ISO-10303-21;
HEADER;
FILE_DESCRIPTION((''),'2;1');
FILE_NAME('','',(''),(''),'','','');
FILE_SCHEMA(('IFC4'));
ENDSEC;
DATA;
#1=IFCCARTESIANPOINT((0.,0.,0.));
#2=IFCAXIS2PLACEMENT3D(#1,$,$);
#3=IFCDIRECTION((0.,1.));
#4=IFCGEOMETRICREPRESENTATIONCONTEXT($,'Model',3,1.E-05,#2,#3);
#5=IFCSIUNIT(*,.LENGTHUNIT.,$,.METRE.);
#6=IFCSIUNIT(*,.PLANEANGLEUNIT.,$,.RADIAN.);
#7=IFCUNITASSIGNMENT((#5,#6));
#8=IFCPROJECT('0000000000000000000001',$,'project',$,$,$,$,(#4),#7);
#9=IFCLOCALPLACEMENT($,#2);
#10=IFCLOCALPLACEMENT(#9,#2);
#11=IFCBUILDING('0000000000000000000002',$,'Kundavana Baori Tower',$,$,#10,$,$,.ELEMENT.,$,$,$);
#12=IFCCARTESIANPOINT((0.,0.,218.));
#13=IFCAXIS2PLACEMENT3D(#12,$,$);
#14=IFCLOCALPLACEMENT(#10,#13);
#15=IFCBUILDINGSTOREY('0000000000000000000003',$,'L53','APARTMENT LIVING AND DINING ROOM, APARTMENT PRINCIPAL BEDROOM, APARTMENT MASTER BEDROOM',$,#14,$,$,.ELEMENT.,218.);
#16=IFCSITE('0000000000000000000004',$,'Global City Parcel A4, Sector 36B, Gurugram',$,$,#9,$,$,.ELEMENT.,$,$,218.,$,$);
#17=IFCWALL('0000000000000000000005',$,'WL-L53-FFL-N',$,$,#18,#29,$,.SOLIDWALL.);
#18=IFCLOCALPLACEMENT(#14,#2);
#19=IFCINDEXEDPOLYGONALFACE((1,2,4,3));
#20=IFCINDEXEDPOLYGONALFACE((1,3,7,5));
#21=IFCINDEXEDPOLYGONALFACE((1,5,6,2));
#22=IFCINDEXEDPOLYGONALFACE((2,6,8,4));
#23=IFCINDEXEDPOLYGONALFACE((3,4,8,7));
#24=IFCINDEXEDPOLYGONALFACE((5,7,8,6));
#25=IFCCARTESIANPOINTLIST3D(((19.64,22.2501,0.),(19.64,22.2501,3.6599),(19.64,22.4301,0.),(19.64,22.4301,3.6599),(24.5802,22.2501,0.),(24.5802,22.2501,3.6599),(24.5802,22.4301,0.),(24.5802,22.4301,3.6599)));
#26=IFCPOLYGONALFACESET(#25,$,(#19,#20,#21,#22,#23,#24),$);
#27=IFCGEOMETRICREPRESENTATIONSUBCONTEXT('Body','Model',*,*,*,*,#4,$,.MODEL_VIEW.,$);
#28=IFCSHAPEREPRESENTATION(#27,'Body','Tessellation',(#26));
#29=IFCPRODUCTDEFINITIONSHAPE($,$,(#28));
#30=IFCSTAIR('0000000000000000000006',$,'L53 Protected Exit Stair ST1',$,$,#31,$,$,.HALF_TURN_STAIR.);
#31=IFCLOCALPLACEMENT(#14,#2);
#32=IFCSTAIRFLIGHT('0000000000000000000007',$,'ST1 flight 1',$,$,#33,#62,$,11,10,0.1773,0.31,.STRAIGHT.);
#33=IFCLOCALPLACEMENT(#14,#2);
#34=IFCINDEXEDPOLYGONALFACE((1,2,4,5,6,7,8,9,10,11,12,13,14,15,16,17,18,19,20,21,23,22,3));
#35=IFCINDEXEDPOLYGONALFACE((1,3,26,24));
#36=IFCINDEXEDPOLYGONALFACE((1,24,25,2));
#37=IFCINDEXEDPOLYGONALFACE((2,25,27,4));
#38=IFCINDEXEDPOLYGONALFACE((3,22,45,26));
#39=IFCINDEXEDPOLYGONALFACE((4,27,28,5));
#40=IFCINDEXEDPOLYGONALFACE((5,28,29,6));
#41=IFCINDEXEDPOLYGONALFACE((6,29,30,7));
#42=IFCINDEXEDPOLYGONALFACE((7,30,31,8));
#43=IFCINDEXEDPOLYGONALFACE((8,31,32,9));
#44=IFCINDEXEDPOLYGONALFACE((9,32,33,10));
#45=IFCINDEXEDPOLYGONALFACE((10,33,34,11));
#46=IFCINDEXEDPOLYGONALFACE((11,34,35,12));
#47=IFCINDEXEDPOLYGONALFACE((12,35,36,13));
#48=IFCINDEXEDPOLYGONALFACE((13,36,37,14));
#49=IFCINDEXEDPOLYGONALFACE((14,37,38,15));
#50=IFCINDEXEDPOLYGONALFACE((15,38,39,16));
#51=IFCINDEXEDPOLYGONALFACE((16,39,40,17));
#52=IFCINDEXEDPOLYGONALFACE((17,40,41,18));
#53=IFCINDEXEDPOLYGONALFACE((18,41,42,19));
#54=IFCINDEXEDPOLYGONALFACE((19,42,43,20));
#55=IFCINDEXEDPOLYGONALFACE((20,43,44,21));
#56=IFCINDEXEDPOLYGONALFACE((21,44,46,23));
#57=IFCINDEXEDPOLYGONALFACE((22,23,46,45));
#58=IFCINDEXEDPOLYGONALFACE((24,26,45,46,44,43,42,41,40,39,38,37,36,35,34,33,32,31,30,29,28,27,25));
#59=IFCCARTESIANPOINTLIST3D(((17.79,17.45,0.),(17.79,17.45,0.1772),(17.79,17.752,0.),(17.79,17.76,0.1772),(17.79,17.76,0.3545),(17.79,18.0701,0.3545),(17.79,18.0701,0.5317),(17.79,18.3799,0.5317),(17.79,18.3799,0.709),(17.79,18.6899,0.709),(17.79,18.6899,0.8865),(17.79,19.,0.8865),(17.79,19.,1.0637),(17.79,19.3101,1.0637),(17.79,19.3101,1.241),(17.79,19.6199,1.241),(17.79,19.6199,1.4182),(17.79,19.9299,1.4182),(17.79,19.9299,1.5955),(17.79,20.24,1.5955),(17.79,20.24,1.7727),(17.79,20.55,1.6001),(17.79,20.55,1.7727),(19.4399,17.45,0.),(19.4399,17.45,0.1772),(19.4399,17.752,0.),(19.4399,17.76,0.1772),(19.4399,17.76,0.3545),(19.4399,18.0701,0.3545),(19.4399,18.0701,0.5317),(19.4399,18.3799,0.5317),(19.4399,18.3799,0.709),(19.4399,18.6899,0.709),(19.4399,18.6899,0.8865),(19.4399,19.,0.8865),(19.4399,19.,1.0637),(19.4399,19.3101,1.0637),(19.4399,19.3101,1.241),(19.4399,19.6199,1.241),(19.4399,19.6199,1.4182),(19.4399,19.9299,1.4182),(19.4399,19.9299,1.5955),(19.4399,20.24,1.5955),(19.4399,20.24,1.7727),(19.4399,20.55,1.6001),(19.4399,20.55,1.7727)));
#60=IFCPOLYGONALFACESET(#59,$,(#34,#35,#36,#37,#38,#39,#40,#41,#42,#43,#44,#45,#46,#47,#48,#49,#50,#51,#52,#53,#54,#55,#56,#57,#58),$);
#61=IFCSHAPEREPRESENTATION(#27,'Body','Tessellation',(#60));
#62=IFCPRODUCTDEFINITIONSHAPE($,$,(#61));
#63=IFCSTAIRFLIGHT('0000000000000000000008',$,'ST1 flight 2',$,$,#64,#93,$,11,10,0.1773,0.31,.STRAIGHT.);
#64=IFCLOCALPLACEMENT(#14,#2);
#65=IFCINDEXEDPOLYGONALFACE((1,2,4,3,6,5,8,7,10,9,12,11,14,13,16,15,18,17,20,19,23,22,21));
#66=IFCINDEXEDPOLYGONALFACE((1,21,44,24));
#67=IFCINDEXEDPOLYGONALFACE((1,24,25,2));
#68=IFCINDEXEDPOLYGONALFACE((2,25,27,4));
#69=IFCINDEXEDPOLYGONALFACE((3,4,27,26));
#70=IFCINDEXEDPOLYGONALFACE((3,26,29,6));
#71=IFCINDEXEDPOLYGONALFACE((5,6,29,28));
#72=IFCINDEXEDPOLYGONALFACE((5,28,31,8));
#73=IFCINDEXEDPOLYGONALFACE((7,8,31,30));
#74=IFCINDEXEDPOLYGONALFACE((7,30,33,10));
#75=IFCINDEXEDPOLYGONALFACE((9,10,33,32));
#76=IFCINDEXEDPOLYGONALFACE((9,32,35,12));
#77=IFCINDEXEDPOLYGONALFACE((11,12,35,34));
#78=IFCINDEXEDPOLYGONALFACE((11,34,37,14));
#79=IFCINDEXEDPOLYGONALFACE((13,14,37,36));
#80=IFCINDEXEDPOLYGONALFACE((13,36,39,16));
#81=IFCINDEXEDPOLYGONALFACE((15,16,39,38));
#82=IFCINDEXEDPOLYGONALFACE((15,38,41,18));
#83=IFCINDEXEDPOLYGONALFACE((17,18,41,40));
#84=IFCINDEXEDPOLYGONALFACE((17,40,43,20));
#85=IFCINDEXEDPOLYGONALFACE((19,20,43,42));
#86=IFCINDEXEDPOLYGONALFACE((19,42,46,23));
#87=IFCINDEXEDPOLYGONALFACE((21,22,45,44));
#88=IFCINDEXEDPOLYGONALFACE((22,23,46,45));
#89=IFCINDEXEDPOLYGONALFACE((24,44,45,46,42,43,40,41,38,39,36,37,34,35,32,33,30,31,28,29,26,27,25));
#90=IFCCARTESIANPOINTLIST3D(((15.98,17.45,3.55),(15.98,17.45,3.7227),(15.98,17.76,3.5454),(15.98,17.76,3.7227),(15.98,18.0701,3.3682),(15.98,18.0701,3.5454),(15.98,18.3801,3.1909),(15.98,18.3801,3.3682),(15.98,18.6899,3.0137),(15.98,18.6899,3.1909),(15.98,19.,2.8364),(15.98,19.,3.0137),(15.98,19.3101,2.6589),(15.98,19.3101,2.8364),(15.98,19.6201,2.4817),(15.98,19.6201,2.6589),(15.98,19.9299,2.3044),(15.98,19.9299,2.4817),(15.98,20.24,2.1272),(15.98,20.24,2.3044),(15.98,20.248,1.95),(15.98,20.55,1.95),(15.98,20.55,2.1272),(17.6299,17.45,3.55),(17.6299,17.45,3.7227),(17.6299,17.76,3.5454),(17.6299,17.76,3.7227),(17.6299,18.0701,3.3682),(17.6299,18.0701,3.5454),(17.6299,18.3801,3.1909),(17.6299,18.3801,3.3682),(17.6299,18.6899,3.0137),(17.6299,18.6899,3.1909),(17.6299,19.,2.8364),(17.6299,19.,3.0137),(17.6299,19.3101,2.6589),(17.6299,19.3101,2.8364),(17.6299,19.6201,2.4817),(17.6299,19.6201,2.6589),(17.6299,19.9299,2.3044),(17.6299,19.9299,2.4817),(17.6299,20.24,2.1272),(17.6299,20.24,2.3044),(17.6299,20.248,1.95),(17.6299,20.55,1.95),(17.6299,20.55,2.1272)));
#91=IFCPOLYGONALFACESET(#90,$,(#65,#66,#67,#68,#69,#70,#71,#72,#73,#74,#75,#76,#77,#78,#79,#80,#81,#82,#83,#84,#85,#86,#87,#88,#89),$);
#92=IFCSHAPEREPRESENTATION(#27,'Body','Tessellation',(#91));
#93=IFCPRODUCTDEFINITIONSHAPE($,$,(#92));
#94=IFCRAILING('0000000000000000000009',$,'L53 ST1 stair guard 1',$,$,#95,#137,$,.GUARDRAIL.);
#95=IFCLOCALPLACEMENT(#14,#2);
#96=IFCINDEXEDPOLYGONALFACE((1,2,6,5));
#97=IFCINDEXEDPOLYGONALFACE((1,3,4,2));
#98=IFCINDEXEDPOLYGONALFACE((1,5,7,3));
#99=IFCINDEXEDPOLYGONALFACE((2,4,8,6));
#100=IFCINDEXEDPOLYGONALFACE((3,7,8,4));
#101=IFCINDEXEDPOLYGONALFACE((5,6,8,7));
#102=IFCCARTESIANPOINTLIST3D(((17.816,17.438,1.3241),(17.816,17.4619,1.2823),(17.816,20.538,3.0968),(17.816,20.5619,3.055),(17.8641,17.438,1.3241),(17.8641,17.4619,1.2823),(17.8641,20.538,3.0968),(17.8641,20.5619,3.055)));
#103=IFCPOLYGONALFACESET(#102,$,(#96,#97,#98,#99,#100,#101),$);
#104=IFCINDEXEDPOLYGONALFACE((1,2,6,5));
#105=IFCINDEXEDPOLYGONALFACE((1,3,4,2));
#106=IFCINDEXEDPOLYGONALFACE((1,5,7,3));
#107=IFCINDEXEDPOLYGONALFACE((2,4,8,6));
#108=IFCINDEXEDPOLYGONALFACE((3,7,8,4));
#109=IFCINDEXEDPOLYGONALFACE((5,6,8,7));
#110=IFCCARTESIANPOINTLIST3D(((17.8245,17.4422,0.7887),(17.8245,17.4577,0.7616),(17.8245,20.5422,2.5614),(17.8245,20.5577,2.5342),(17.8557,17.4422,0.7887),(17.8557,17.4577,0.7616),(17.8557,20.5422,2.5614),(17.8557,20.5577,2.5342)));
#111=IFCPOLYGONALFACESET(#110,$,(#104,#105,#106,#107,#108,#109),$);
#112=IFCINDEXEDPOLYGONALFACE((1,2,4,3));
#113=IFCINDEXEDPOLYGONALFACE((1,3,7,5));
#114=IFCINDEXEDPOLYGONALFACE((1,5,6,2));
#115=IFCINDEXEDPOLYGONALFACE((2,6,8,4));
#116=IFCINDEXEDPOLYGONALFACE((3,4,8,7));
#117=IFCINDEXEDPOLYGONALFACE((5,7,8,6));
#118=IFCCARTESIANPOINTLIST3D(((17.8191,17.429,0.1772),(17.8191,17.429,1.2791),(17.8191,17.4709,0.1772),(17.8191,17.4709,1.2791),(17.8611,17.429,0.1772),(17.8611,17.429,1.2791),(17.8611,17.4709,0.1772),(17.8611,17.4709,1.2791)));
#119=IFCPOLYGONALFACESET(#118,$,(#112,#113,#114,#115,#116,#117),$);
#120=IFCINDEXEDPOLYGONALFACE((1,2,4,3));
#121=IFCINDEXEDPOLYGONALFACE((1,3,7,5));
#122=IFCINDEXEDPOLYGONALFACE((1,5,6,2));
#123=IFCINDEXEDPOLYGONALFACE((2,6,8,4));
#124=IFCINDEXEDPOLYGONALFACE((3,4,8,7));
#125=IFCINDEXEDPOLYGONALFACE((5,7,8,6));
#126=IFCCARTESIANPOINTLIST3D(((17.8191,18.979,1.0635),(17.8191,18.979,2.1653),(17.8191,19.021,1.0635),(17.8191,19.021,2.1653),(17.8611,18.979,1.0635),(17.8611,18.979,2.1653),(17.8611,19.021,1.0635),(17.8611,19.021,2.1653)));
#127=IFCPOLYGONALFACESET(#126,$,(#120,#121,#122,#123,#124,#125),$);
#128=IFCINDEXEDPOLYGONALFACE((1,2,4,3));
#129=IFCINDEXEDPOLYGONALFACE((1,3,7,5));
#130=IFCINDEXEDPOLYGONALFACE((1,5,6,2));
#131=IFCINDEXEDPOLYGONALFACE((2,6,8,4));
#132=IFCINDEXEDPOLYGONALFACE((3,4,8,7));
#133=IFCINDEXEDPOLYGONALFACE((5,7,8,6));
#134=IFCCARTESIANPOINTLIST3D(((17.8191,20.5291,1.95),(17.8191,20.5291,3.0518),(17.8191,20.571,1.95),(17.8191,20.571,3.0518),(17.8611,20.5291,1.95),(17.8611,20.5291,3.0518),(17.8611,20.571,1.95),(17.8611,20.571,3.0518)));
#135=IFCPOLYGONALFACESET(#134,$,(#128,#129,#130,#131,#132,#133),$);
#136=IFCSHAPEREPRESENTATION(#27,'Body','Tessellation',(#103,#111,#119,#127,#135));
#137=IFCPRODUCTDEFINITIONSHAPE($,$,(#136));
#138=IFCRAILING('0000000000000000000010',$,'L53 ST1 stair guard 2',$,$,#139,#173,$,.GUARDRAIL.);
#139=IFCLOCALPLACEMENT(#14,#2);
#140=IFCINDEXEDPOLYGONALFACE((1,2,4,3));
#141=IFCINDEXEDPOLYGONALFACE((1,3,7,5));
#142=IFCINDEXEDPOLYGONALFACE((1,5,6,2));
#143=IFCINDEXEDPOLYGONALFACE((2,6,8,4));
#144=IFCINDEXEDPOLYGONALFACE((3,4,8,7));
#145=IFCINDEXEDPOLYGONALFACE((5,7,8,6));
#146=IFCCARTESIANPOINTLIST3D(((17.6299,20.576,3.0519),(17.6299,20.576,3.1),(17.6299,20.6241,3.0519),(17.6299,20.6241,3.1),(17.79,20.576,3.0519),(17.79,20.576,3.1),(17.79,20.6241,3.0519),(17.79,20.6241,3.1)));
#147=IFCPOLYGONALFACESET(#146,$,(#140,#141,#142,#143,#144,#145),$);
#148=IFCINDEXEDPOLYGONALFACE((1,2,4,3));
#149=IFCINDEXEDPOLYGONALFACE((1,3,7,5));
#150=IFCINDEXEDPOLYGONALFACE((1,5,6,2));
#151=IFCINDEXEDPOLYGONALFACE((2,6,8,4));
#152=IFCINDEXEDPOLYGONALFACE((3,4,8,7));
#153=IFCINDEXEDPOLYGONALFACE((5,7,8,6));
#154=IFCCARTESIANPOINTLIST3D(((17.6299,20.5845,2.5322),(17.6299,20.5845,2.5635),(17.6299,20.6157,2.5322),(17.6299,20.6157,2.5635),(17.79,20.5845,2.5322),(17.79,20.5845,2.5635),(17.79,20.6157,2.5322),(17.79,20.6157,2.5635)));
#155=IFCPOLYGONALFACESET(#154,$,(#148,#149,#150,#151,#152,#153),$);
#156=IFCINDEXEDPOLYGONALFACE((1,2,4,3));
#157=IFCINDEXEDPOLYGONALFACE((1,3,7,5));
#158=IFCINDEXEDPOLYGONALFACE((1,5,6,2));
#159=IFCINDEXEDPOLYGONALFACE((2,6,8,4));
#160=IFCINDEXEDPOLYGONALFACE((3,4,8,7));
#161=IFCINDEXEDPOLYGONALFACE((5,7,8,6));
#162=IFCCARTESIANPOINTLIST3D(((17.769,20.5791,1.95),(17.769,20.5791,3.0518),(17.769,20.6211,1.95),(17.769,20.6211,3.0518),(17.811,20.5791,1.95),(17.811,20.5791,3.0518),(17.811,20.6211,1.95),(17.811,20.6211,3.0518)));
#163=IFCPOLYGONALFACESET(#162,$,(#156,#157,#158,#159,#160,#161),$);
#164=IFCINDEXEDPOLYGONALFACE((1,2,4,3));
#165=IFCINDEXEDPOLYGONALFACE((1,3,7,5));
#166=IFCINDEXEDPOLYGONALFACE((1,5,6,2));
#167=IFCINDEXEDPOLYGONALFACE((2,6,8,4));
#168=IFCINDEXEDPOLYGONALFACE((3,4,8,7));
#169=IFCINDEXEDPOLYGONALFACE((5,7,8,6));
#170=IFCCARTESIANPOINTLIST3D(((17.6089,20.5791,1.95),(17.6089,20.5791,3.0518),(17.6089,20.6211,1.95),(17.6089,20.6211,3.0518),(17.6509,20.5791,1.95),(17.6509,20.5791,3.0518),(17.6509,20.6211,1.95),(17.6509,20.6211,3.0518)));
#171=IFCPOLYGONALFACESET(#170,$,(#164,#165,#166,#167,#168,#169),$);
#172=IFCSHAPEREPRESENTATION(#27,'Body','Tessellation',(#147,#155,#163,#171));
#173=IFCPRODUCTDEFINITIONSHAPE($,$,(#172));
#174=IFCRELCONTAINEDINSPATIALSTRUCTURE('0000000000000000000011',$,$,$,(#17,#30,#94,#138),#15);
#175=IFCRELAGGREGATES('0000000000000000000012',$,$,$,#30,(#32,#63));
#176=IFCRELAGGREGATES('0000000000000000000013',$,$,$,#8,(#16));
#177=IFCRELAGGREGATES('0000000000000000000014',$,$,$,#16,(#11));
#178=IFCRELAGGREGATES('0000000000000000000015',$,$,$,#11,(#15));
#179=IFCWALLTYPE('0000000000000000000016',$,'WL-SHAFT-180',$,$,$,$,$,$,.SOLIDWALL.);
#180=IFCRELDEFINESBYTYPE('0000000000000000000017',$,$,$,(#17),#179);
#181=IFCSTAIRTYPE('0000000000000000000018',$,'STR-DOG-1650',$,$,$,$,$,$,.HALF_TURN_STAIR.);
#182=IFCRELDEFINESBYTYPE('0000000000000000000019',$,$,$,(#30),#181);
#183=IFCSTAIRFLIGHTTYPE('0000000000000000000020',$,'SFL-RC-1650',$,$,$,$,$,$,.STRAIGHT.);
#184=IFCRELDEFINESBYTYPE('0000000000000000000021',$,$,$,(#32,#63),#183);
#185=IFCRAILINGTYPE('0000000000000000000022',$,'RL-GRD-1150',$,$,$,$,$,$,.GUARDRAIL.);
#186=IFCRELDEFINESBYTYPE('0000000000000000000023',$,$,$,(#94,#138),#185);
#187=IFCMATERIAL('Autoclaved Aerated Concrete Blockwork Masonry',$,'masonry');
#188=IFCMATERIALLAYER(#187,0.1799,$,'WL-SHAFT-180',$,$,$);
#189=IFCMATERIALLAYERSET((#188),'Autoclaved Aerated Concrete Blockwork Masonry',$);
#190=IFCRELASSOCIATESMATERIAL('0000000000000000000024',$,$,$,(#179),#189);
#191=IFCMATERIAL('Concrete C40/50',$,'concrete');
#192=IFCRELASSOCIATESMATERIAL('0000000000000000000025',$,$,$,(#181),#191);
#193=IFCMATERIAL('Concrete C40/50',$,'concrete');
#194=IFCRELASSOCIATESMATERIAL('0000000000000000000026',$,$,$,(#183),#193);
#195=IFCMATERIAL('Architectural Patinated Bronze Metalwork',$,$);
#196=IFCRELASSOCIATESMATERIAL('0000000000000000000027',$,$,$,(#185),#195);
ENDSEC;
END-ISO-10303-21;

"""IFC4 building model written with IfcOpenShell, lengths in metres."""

from ifc_helpers import new_model, si_unit, direction, frame, frame_2d, origin, origin_2d, place, context, subcontext, project, spatial, polyline, rectangle, outline, extrude, material, layer, layer_set, type_object, element, aggregate, save


model = new_model("IFC4")

# Units and contexts
model_context = context("Model", 3, precision=1e-05, world=origin(), true_north=direction((0.0, 1.0)))
body_context = subcontext(model_context, "Body", "Model", "MODEL_VIEW")
ifc_project = project(units=[si_unit("LENGTHUNIT", "METRE"), si_unit("PLANEANGLEUNIT", "RADIAN")], contexts=[model_context])

# Site, building, storey
site_placement = place(None, origin())
site = spatial("IfcSite", under=ifc_project, at=site_placement, Name="Global City Parcel A4, Sector 36B, Gurugram", CompositionType="ELEMENT", RefElevation=218.0)
building_placement = place(site_placement, origin())
building = spatial("IfcBuilding", under=site, at=building_placement, Name="Kundavana Baori Tower", CompositionType="ELEMENT")
storey_placement = place(building_placement, frame((0.0, 0.0, 218.0)))
storey = spatial("IfcBuildingStorey", under=building, at=storey_placement, Name="L53", Description="APARTMENT LIVING AND DINING ROOM, APARTMENT PRINCIPAL BEDROOM, APARTMENT MASTER BEDROOM", CompositionType="ELEMENT", Elevation=218.0)

# Shared definitions
ifc_material_1 = material(Name="Autoclaved Aerated Concrete Blockwork Masonry", Category="masonry")
ifc_layer_1 = layer(ifc_material_1, 0.1799, Name="WL-SHAFT-180")
ifc_layer_set_1 = layer_set([ifc_layer_1], Name="Autoclaved Aerated Concrete Blockwork Masonry")
wall_type_1 = type_object("IfcWallType", Name="WL-SHAFT-180", PredefinedType="SOLIDWALL", material=ifc_layer_set_1)

# Wall
wall_1_placement = place(storey_placement, frame((19.6399, 22.3401, 0.0), z_axis=(0.0, 0.0, 1.0), x_axis=(1.0, 0.0, 0.0)))
element("IfcWall", 1, at=wall_1_placement, inside=storey, type_object=wall_type_1, Name="WL-L53-FFL-N", PredefinedType="SOLIDWALL", context=body_context, shape_type="SweptSolid", body=[
    extrude(rectangle(XDim=4.9402, YDim=0.1799, at=frame_2d((2.4702, 0.0))), origin(), (0.0, 0.0, 1.0), 3.6599),
])

# Stair, stair flights
ifc_material_2 = material(Name="Concrete C40/50", Category="concrete")
stair_type = type_object("IfcStairType", Name="STR-DOG-1650", PredefinedType="HALF_TURN_STAIR", material=ifc_material_2)
stair_placement = place(storey_placement, origin())
stair = element("IfcStair", 2, at=stair_placement, inside=storey, type_object=stair_type, Name="L53 Protected Exit Stair ST1", PredefinedType="HALF_TURN_STAIR")
ifc_material_3 = material(Name="Concrete C40/50", Category="concrete")
stair_flight_type = type_object("IfcStairFlightType", Name="SFL-RC-1650", PredefinedType="STRAIGHT", material=ifc_material_3)
stair_flight_1_placement = place(storey_placement, frame((18.615, 17.45, 0.0), z_axis=(0.0, 0.0, 1.0), x_axis=(0.0, 1.0, 0.0)))
stair_flight_1 = element("IfcStairFlight", 3, at=stair_flight_1_placement, type_object=stair_flight_type, Name="ST1 flight 1", NumberOfRisers=11, NumberOfTreads=10, PredefinedType="STRAIGHT", RiserHeight=0.1773, TreadLength=0.31, context=body_context, shape_type="SweptSolid", body=[
    extrude(outline(polyline([(0.0, 0.0), (0.0, 0.1772), (0.3101, 0.1772), (0.3101, 0.3545), (0.6201, 0.3545), (0.6201, 0.5317), (0.9299, 0.5317), (0.9299, 0.709), (1.24, 0.709), (1.24, 0.8865), (1.55, 0.8865), (1.55, 1.0637), (1.8601, 1.0637), (1.8601, 1.241), (2.1699, 1.241), (2.1699, 1.4182), (2.48, 1.4182), (2.48, 1.5955), (2.79, 1.5955), (2.79, 1.7727), (3.1001, 1.7727), (3.1001, 1.95), (3.1001, 1.6001), (0.302, 0.0), (0.0, 0.0)])), frame((0.0, 0.825, 0.0), z_axis=(0.0, -1.0, 0.0), x_axis=(1.0, 0.0, 0.0)), (0.0, 0.0, 1.0), 1.6499),
])
stair_flight_2_placement = place(storey_placement, frame((16.8049, 20.55, 1.95), z_axis=(0.0, 0.0, 1.0), x_axis=(0.0, -1.0, 0.0)))
stair_flight_2 = element("IfcStairFlight", 4, at=stair_flight_2_placement, type_object=stair_flight_type, Name="ST1 flight 2", NumberOfRisers=11, NumberOfTreads=10, PredefinedType="STRAIGHT", RiserHeight=0.1773, TreadLength=0.31, context=body_context, shape_type="SweptSolid", body=[
    extrude(outline(polyline([(0.0, 0.0), (0.0, 0.1772), (0.3101, 0.1772), (0.3101, 0.3545), (0.6201, 0.3545), (0.6201, 0.5317), (0.9299, 0.5317), (0.9299, 0.709), (1.24, 0.709), (1.24, 0.8865), (1.55, 0.8865), (1.55, 1.0637), (1.8601, 1.0637), (1.8601, 1.241), (2.1699, 1.241), (2.1699, 1.4182), (2.48, 1.4182), (2.48, 1.5955), (2.79, 1.5955), (2.79, 1.7727), (3.1001, 1.7727), (3.1001, 1.95), (3.1001, 1.6001), (0.302, 0.0), (0.0, 0.0)])), frame((0.0, 0.825, 0.0), z_axis=(0.0, -1.0, 0.0), x_axis=(1.0, 0.0, 0.0)), (0.0, 0.0, 1.0), 1.6499),
])
aggregate(stair, [stair_flight_1, stair_flight_2])

# Railings
ifc_material_4 = material(Name="Architectural Patinated Bronze Metalwork")
railing_type_1 = type_object("IfcRailingType", Name="RL-GRD-1150", PredefinedType="GUARDRAIL", material=ifc_material_4)
railing_1_placement = place(storey_placement, frame((17.8401, 17.45, 0.1772)))
element("IfcRailing", 5, at=railing_1_placement, inside=storey, type_object=railing_type_1, Name="L53 ST1 stair guard 1", PredefinedType="GUARDRAIL", context=body_context, shape_type="SweptSolid", body=[
    extrude(rectangle(XDim=0.0481, YDim=0.0481, at=origin_2d()), frame((0.0, 0.0, 1.126), z_axis=(0.0, 0.868096, 0.496397), x_axis=(-1.0, 0.0, 0.0)), (0.0, 0.0, 1.0), 3.571),
    extrude(rectangle(XDim=0.0312, YDim=0.0312, at=origin_2d()), frame((0.0, 0.0, 0.5979), z_axis=(0.0, 0.868096, 0.496397), x_axis=(-1.0, 0.0, 0.0)), (0.0, 0.0, 1.0), 3.571),
    extrude(rectangle(XDim=0.042, YDim=0.042, at=origin_2d()), origin(), (0.0, 0.0, 1.0), 1.1018),
    extrude(rectangle(XDim=0.042, YDim=0.042, at=origin_2d()), frame((0.0, 1.55, 0.8862)), (0.0, 0.0, 1.0), 1.1018),
    extrude(rectangle(XDim=0.042, YDim=0.042, at=origin_2d()), frame((0.0, 3.1001, 1.7727)), (0.0, 0.0, 1.0), 1.1018),
])
railing_2_placement = place(storey_placement, frame((17.79, 20.6001, 1.95)))
element("IfcRailing", 6, at=railing_2_placement, inside=storey, type_object=railing_type_1, Name="L53 ST1 stair guard 2", PredefinedType="GUARDRAIL", context=body_context, shape_type="SweptSolid", body=[
    extrude(rectangle(XDim=0.0481, YDim=0.0481, at=origin_2d()), frame((0.0, 0.0, 1.126), z_axis=(-1.0, 0.0, 0.0), x_axis=(0.0, -1.0, 0.0)), (0.0, 0.0, 1.0), 0.1602),
    extrude(rectangle(XDim=0.0312, YDim=0.0312, at=origin_2d()), frame((0.0, 0.0, 0.5979), z_axis=(-1.0, 0.0, 0.0), x_axis=(0.0, -1.0, 0.0)), (0.0, 0.0, 1.0), 0.1602),
    extrude(rectangle(XDim=0.042, YDim=0.042, at=origin_2d()), origin(), (0.0, 0.0, 1.0), 1.1018),
    extrude(rectangle(XDim=0.042, YDim=0.042, at=origin_2d()), frame((-0.1602, 0.0, 0.0)), (0.0, 0.0, 1.0), 1.1018),
])

save(model, "model.ifc")
